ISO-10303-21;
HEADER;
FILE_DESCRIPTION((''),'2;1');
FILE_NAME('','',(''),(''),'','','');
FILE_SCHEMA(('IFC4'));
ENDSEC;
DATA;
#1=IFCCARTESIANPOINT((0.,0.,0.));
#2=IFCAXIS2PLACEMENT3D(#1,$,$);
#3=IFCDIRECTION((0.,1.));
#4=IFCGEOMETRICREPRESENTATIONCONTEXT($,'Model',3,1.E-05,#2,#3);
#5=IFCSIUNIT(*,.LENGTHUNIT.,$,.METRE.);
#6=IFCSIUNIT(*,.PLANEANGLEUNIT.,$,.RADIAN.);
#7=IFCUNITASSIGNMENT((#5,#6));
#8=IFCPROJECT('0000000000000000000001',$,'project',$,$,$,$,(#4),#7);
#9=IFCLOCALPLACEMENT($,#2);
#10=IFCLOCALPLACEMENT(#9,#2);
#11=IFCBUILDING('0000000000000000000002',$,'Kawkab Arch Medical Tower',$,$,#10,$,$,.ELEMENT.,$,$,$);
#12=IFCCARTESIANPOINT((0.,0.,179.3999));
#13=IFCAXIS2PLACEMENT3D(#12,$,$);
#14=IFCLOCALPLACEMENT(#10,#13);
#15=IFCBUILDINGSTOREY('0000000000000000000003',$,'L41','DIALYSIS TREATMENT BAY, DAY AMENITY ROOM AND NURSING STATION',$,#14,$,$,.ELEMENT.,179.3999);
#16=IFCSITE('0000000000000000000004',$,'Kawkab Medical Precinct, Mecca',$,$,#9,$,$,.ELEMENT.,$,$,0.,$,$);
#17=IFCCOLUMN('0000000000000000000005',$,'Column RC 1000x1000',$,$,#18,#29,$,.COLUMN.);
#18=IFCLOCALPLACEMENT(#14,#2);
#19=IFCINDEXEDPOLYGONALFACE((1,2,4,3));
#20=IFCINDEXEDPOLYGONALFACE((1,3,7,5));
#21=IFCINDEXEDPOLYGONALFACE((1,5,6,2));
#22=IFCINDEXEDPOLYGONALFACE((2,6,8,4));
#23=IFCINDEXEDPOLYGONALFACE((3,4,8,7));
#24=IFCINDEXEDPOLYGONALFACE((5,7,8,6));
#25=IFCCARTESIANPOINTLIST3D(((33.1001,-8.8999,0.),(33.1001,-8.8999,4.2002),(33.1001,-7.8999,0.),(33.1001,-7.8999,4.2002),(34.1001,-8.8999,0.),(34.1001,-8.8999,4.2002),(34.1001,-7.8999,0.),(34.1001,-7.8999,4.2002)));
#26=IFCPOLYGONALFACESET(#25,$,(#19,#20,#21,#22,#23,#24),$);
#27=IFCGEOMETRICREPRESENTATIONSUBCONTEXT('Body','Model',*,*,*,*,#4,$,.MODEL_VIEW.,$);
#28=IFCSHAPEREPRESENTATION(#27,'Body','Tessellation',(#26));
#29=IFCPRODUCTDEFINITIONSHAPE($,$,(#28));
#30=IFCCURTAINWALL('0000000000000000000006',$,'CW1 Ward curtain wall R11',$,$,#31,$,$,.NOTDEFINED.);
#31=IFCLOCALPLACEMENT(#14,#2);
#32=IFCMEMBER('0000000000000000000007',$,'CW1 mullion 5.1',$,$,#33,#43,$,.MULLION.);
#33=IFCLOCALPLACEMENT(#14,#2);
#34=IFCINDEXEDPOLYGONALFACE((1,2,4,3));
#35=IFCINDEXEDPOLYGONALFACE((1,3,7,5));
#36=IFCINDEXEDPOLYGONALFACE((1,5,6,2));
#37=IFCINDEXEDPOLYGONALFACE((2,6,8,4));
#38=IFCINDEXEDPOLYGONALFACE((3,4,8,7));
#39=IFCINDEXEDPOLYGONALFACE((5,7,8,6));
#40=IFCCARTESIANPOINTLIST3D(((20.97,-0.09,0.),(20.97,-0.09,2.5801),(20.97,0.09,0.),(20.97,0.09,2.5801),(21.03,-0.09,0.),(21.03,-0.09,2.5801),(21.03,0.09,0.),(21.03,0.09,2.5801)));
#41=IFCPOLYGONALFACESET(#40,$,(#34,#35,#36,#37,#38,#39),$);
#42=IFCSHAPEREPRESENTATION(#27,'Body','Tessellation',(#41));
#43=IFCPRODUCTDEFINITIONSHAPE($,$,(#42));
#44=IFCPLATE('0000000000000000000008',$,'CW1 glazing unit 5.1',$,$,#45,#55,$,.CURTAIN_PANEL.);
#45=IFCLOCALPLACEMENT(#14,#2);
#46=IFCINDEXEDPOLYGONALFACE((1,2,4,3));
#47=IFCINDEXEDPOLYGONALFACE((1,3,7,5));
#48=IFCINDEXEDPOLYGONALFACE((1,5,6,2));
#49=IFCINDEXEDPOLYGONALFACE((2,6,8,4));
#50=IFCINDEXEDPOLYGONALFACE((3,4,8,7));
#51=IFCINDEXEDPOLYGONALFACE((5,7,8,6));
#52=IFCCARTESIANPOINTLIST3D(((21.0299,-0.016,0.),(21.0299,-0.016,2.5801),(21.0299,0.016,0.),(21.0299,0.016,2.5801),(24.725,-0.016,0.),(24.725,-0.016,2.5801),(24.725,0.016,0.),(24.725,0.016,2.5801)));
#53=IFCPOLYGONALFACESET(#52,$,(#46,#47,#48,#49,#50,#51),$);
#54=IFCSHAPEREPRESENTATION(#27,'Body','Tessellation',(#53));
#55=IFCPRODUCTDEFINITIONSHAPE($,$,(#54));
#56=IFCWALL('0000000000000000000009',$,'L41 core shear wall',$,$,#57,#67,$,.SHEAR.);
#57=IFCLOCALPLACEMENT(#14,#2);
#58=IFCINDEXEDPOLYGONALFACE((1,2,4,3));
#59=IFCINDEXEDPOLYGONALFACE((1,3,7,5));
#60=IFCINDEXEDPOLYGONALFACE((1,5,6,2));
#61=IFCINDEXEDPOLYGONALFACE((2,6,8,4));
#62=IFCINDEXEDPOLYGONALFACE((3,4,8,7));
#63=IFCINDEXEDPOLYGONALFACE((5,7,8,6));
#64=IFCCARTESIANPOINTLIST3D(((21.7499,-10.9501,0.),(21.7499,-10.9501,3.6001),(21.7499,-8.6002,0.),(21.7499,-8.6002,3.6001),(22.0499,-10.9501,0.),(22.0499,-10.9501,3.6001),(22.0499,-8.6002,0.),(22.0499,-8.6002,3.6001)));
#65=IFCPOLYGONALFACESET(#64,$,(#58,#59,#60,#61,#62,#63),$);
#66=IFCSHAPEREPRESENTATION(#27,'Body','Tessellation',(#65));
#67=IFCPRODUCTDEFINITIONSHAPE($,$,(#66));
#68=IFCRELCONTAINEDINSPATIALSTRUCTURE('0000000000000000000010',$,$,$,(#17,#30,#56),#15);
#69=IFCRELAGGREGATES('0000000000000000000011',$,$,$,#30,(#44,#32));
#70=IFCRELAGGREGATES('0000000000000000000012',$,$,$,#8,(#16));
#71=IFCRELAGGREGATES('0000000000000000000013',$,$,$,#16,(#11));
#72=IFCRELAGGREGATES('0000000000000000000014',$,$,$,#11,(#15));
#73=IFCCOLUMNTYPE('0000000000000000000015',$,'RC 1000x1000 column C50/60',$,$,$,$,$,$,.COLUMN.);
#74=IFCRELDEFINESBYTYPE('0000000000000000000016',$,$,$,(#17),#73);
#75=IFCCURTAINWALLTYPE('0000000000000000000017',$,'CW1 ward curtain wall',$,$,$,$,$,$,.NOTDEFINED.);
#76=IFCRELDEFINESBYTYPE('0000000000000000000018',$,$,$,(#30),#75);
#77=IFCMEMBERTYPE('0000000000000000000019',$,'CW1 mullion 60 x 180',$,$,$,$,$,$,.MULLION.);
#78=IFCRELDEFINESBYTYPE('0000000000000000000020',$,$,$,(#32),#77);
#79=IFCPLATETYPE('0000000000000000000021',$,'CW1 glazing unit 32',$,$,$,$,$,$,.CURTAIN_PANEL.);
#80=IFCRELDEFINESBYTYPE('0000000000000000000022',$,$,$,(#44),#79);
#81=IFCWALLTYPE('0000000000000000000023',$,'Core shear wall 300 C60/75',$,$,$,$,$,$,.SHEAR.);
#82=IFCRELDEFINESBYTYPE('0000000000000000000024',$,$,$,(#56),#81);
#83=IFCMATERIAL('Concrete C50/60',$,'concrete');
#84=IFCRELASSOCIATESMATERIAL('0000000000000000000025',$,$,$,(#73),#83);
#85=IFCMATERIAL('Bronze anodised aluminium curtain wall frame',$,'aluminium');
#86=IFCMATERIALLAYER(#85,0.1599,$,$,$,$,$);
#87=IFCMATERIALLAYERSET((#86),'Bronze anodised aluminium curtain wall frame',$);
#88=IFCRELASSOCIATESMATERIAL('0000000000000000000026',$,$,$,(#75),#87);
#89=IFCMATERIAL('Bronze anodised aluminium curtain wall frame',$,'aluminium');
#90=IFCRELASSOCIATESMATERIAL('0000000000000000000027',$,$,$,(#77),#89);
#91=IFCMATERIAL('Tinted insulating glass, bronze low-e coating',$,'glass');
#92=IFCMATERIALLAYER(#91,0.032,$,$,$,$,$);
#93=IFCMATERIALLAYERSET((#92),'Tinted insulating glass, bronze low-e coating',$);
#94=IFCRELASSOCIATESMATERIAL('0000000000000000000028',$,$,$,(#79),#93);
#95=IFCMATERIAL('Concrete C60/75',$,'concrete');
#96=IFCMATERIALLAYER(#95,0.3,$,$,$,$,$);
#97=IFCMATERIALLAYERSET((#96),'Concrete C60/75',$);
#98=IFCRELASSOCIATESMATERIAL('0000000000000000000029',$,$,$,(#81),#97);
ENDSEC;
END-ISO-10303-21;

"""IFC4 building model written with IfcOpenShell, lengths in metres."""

from ifc_helpers import new_model, si_unit, direction, frame, frame_2d, origin, origin_2d, place, context, subcontext, project, spatial, rectangle, extrude, material, layer, layer_set, material_profile, profile_set, type_object, element, aggregate, save


model = new_model("IFC4")

# Units and contexts
model_context = context("Model", 3, precision=1e-05, world=origin(), true_north=direction((0.0, 1.0)))
body_context = subcontext(model_context, "Body", "Model", "MODEL_VIEW")
ifc_project = project(units=[si_unit("LENGTHUNIT", "METRE"), si_unit("PLANEANGLEUNIT", "RADIAN")], contexts=[model_context])

# Site, building, storey
site_placement = place(None, origin())
site = spatial("IfcSite", under=ifc_project, at=site_placement, Name="Kawkab Medical Precinct, Mecca", CompositionType="ELEMENT", RefElevation=0.0)
building_placement = place(site_placement, origin())
building = spatial("IfcBuilding", under=site, at=building_placement, Name="Kawkab Arch Medical Tower", CompositionType="ELEMENT")
storey_placement = place(building_placement, frame((0.0, 0.0, 179.3999)))
storey = spatial("IfcBuildingStorey", under=building, at=storey_placement, Name="L41", Description="DIALYSIS TREATMENT BAY, DAY AMENITY ROOM AND NURSING STATION", CompositionType="ELEMENT", Elevation=179.3999)

# Column
ifc_material_1 = material(Name="Concrete C50/60", Category="concrete")
ifc_material_profile_1 = material_profile(ifc_material_1, rectangle(XDim=1.0, YDim=1.0, at=origin_2d()), Name="RC 1000x1000")
ifc_profile_set_1 = profile_set([ifc_material_profile_1], Name="Concrete C50/60")
column_type = type_object("IfcColumnType", Name="RC 1000x1000 column C50/60", PredefinedType="COLUMN", material=ifc_profile_set_1)
column_placement = place(storey_placement, frame((33.6001, -8.3999, 0.0), z_axis=(0.0, 0.0, 1.0), x_axis=(1.0, 0.0, 0.0)))
element("IfcColumn", 1, at=column_placement, inside=storey, type_object=column_type, Name="Column RC 1000x1000", PredefinedType="COLUMN", context=body_context, shape_type="SweptSolid", body=[
    extrude(rectangle(XDim=1.0, YDim=1.0, at=origin_2d()), origin(), (0.0, 0.0, 1.0), 4.2002),
])

# Curtain wall, member, plate
ifc_material_2 = material(Name="Bronze anodised aluminium curtain wall frame", Category="aluminium")
ifc_layer_1 = layer(ifc_material_2, 0.1599)
ifc_layer_set_1 = layer_set([ifc_layer_1], Name="Bronze anodised aluminium curtain wall frame")
curtain_wall_type = type_object("IfcCurtainWallType", Name="CW1 ward curtain wall", PredefinedType="NOTDEFINED", material=ifc_layer_set_1)
placement = place(storey_placement, origin())
curtain_wall = element("IfcCurtainWall", 2, at=placement, inside=storey, type_object=curtain_wall_type, Name="CW1 Ward curtain wall R11", PredefinedType="NOTDEFINED")
ifc_material_3 = material(Name="Bronze anodised aluminium curtain wall frame", Category="aluminium")
ifc_material_profile_2 = material_profile(ifc_material_3, rectangle(XDim=0.1799, YDim=0.0601, at=origin_2d()), Name="AL 60x180")
ifc_profile_set_2 = profile_set([ifc_material_profile_2], Name="Bronze anodised aluminium curtain wall frame")
member_type = type_object("IfcMemberType", Name="CW1 mullion 60 x 180", PredefinedType="MULLION", material=ifc_profile_set_2)
member_placement = place(storey_placement, frame((21.0, 0.0, 0.0), z_axis=(0.0, 0.0, 1.0), x_axis=(0.0, -1.0, 0.0)))
member = element("IfcMember", 3, at=member_placement, type_object=member_type, Name="CW1 mullion 5.1", PredefinedType="MULLION", context=body_context, shape_type="SweptSolid", body=[
    extrude(rectangle(XDim=0.1799, YDim=0.0601, at=origin_2d()), origin(), (0.0, 0.0, 1.0), 2.5801),
])
ifc_material_4 = material(Name="Tinted insulating glass, bronze low-e coating", Category="glass")
ifc_layer_2 = layer(ifc_material_4, 0.032)
ifc_layer_set_2 = layer_set([ifc_layer_2], Name="Tinted insulating glass, bronze low-e coating")
plate_type = type_object("IfcPlateType", Name="CW1 glazing unit 32", PredefinedType="CURTAIN_PANEL", material=ifc_layer_set_2)
plate_placement = place(storey_placement, frame((22.8774, 0.0, 0.0), z_axis=(0.0, 0.0, 1.0), x_axis=(-1.0, 0.0, 0.0)))
plate = element("IfcPlate", 4, at=plate_placement, type_object=plate_type, Name="CW1 glazing unit 5.1", PredefinedType="CURTAIN_PANEL", context=body_context, shape_type="SweptSolid", body=[
    extrude(rectangle(XDim=3.6951, YDim=0.032, at=origin_2d()), origin(), (0.0, 0.0, 1.0), 2.5801),
])
aggregate(curtain_wall, [plate, member])

# Wall
ifc_material_5 = material(Name="Concrete C60/75", Category="concrete")
ifc_layer_3 = layer(ifc_material_5, 0.3)
ifc_layer_set_3 = layer_set([ifc_layer_3], Name="Concrete C60/75")
wall_type_1 = type_object("IfcWallType", Name="Core shear wall 300 C60/75", PredefinedType="SHEAR", material=ifc_layer_set_3)
wall_1_placement = place(storey_placement, frame((21.8999, -10.95, 0.0), z_axis=(0.0, 0.0, 1.0), x_axis=(0.0, 1.0, 0.0)))
element("IfcWall", 5, at=wall_1_placement, inside=storey, type_object=wall_type_1, Name="L41 core shear wall", PredefinedType="SHEAR", context=body_context, shape_type="SweptSolid", body=[
    extrude(rectangle(XDim=2.3499, YDim=0.3, at=frame_2d((1.1748, 0.0))), origin(), (0.0, 0.0, 1.0), 3.6001),
])

save(model, "model.ifc")
